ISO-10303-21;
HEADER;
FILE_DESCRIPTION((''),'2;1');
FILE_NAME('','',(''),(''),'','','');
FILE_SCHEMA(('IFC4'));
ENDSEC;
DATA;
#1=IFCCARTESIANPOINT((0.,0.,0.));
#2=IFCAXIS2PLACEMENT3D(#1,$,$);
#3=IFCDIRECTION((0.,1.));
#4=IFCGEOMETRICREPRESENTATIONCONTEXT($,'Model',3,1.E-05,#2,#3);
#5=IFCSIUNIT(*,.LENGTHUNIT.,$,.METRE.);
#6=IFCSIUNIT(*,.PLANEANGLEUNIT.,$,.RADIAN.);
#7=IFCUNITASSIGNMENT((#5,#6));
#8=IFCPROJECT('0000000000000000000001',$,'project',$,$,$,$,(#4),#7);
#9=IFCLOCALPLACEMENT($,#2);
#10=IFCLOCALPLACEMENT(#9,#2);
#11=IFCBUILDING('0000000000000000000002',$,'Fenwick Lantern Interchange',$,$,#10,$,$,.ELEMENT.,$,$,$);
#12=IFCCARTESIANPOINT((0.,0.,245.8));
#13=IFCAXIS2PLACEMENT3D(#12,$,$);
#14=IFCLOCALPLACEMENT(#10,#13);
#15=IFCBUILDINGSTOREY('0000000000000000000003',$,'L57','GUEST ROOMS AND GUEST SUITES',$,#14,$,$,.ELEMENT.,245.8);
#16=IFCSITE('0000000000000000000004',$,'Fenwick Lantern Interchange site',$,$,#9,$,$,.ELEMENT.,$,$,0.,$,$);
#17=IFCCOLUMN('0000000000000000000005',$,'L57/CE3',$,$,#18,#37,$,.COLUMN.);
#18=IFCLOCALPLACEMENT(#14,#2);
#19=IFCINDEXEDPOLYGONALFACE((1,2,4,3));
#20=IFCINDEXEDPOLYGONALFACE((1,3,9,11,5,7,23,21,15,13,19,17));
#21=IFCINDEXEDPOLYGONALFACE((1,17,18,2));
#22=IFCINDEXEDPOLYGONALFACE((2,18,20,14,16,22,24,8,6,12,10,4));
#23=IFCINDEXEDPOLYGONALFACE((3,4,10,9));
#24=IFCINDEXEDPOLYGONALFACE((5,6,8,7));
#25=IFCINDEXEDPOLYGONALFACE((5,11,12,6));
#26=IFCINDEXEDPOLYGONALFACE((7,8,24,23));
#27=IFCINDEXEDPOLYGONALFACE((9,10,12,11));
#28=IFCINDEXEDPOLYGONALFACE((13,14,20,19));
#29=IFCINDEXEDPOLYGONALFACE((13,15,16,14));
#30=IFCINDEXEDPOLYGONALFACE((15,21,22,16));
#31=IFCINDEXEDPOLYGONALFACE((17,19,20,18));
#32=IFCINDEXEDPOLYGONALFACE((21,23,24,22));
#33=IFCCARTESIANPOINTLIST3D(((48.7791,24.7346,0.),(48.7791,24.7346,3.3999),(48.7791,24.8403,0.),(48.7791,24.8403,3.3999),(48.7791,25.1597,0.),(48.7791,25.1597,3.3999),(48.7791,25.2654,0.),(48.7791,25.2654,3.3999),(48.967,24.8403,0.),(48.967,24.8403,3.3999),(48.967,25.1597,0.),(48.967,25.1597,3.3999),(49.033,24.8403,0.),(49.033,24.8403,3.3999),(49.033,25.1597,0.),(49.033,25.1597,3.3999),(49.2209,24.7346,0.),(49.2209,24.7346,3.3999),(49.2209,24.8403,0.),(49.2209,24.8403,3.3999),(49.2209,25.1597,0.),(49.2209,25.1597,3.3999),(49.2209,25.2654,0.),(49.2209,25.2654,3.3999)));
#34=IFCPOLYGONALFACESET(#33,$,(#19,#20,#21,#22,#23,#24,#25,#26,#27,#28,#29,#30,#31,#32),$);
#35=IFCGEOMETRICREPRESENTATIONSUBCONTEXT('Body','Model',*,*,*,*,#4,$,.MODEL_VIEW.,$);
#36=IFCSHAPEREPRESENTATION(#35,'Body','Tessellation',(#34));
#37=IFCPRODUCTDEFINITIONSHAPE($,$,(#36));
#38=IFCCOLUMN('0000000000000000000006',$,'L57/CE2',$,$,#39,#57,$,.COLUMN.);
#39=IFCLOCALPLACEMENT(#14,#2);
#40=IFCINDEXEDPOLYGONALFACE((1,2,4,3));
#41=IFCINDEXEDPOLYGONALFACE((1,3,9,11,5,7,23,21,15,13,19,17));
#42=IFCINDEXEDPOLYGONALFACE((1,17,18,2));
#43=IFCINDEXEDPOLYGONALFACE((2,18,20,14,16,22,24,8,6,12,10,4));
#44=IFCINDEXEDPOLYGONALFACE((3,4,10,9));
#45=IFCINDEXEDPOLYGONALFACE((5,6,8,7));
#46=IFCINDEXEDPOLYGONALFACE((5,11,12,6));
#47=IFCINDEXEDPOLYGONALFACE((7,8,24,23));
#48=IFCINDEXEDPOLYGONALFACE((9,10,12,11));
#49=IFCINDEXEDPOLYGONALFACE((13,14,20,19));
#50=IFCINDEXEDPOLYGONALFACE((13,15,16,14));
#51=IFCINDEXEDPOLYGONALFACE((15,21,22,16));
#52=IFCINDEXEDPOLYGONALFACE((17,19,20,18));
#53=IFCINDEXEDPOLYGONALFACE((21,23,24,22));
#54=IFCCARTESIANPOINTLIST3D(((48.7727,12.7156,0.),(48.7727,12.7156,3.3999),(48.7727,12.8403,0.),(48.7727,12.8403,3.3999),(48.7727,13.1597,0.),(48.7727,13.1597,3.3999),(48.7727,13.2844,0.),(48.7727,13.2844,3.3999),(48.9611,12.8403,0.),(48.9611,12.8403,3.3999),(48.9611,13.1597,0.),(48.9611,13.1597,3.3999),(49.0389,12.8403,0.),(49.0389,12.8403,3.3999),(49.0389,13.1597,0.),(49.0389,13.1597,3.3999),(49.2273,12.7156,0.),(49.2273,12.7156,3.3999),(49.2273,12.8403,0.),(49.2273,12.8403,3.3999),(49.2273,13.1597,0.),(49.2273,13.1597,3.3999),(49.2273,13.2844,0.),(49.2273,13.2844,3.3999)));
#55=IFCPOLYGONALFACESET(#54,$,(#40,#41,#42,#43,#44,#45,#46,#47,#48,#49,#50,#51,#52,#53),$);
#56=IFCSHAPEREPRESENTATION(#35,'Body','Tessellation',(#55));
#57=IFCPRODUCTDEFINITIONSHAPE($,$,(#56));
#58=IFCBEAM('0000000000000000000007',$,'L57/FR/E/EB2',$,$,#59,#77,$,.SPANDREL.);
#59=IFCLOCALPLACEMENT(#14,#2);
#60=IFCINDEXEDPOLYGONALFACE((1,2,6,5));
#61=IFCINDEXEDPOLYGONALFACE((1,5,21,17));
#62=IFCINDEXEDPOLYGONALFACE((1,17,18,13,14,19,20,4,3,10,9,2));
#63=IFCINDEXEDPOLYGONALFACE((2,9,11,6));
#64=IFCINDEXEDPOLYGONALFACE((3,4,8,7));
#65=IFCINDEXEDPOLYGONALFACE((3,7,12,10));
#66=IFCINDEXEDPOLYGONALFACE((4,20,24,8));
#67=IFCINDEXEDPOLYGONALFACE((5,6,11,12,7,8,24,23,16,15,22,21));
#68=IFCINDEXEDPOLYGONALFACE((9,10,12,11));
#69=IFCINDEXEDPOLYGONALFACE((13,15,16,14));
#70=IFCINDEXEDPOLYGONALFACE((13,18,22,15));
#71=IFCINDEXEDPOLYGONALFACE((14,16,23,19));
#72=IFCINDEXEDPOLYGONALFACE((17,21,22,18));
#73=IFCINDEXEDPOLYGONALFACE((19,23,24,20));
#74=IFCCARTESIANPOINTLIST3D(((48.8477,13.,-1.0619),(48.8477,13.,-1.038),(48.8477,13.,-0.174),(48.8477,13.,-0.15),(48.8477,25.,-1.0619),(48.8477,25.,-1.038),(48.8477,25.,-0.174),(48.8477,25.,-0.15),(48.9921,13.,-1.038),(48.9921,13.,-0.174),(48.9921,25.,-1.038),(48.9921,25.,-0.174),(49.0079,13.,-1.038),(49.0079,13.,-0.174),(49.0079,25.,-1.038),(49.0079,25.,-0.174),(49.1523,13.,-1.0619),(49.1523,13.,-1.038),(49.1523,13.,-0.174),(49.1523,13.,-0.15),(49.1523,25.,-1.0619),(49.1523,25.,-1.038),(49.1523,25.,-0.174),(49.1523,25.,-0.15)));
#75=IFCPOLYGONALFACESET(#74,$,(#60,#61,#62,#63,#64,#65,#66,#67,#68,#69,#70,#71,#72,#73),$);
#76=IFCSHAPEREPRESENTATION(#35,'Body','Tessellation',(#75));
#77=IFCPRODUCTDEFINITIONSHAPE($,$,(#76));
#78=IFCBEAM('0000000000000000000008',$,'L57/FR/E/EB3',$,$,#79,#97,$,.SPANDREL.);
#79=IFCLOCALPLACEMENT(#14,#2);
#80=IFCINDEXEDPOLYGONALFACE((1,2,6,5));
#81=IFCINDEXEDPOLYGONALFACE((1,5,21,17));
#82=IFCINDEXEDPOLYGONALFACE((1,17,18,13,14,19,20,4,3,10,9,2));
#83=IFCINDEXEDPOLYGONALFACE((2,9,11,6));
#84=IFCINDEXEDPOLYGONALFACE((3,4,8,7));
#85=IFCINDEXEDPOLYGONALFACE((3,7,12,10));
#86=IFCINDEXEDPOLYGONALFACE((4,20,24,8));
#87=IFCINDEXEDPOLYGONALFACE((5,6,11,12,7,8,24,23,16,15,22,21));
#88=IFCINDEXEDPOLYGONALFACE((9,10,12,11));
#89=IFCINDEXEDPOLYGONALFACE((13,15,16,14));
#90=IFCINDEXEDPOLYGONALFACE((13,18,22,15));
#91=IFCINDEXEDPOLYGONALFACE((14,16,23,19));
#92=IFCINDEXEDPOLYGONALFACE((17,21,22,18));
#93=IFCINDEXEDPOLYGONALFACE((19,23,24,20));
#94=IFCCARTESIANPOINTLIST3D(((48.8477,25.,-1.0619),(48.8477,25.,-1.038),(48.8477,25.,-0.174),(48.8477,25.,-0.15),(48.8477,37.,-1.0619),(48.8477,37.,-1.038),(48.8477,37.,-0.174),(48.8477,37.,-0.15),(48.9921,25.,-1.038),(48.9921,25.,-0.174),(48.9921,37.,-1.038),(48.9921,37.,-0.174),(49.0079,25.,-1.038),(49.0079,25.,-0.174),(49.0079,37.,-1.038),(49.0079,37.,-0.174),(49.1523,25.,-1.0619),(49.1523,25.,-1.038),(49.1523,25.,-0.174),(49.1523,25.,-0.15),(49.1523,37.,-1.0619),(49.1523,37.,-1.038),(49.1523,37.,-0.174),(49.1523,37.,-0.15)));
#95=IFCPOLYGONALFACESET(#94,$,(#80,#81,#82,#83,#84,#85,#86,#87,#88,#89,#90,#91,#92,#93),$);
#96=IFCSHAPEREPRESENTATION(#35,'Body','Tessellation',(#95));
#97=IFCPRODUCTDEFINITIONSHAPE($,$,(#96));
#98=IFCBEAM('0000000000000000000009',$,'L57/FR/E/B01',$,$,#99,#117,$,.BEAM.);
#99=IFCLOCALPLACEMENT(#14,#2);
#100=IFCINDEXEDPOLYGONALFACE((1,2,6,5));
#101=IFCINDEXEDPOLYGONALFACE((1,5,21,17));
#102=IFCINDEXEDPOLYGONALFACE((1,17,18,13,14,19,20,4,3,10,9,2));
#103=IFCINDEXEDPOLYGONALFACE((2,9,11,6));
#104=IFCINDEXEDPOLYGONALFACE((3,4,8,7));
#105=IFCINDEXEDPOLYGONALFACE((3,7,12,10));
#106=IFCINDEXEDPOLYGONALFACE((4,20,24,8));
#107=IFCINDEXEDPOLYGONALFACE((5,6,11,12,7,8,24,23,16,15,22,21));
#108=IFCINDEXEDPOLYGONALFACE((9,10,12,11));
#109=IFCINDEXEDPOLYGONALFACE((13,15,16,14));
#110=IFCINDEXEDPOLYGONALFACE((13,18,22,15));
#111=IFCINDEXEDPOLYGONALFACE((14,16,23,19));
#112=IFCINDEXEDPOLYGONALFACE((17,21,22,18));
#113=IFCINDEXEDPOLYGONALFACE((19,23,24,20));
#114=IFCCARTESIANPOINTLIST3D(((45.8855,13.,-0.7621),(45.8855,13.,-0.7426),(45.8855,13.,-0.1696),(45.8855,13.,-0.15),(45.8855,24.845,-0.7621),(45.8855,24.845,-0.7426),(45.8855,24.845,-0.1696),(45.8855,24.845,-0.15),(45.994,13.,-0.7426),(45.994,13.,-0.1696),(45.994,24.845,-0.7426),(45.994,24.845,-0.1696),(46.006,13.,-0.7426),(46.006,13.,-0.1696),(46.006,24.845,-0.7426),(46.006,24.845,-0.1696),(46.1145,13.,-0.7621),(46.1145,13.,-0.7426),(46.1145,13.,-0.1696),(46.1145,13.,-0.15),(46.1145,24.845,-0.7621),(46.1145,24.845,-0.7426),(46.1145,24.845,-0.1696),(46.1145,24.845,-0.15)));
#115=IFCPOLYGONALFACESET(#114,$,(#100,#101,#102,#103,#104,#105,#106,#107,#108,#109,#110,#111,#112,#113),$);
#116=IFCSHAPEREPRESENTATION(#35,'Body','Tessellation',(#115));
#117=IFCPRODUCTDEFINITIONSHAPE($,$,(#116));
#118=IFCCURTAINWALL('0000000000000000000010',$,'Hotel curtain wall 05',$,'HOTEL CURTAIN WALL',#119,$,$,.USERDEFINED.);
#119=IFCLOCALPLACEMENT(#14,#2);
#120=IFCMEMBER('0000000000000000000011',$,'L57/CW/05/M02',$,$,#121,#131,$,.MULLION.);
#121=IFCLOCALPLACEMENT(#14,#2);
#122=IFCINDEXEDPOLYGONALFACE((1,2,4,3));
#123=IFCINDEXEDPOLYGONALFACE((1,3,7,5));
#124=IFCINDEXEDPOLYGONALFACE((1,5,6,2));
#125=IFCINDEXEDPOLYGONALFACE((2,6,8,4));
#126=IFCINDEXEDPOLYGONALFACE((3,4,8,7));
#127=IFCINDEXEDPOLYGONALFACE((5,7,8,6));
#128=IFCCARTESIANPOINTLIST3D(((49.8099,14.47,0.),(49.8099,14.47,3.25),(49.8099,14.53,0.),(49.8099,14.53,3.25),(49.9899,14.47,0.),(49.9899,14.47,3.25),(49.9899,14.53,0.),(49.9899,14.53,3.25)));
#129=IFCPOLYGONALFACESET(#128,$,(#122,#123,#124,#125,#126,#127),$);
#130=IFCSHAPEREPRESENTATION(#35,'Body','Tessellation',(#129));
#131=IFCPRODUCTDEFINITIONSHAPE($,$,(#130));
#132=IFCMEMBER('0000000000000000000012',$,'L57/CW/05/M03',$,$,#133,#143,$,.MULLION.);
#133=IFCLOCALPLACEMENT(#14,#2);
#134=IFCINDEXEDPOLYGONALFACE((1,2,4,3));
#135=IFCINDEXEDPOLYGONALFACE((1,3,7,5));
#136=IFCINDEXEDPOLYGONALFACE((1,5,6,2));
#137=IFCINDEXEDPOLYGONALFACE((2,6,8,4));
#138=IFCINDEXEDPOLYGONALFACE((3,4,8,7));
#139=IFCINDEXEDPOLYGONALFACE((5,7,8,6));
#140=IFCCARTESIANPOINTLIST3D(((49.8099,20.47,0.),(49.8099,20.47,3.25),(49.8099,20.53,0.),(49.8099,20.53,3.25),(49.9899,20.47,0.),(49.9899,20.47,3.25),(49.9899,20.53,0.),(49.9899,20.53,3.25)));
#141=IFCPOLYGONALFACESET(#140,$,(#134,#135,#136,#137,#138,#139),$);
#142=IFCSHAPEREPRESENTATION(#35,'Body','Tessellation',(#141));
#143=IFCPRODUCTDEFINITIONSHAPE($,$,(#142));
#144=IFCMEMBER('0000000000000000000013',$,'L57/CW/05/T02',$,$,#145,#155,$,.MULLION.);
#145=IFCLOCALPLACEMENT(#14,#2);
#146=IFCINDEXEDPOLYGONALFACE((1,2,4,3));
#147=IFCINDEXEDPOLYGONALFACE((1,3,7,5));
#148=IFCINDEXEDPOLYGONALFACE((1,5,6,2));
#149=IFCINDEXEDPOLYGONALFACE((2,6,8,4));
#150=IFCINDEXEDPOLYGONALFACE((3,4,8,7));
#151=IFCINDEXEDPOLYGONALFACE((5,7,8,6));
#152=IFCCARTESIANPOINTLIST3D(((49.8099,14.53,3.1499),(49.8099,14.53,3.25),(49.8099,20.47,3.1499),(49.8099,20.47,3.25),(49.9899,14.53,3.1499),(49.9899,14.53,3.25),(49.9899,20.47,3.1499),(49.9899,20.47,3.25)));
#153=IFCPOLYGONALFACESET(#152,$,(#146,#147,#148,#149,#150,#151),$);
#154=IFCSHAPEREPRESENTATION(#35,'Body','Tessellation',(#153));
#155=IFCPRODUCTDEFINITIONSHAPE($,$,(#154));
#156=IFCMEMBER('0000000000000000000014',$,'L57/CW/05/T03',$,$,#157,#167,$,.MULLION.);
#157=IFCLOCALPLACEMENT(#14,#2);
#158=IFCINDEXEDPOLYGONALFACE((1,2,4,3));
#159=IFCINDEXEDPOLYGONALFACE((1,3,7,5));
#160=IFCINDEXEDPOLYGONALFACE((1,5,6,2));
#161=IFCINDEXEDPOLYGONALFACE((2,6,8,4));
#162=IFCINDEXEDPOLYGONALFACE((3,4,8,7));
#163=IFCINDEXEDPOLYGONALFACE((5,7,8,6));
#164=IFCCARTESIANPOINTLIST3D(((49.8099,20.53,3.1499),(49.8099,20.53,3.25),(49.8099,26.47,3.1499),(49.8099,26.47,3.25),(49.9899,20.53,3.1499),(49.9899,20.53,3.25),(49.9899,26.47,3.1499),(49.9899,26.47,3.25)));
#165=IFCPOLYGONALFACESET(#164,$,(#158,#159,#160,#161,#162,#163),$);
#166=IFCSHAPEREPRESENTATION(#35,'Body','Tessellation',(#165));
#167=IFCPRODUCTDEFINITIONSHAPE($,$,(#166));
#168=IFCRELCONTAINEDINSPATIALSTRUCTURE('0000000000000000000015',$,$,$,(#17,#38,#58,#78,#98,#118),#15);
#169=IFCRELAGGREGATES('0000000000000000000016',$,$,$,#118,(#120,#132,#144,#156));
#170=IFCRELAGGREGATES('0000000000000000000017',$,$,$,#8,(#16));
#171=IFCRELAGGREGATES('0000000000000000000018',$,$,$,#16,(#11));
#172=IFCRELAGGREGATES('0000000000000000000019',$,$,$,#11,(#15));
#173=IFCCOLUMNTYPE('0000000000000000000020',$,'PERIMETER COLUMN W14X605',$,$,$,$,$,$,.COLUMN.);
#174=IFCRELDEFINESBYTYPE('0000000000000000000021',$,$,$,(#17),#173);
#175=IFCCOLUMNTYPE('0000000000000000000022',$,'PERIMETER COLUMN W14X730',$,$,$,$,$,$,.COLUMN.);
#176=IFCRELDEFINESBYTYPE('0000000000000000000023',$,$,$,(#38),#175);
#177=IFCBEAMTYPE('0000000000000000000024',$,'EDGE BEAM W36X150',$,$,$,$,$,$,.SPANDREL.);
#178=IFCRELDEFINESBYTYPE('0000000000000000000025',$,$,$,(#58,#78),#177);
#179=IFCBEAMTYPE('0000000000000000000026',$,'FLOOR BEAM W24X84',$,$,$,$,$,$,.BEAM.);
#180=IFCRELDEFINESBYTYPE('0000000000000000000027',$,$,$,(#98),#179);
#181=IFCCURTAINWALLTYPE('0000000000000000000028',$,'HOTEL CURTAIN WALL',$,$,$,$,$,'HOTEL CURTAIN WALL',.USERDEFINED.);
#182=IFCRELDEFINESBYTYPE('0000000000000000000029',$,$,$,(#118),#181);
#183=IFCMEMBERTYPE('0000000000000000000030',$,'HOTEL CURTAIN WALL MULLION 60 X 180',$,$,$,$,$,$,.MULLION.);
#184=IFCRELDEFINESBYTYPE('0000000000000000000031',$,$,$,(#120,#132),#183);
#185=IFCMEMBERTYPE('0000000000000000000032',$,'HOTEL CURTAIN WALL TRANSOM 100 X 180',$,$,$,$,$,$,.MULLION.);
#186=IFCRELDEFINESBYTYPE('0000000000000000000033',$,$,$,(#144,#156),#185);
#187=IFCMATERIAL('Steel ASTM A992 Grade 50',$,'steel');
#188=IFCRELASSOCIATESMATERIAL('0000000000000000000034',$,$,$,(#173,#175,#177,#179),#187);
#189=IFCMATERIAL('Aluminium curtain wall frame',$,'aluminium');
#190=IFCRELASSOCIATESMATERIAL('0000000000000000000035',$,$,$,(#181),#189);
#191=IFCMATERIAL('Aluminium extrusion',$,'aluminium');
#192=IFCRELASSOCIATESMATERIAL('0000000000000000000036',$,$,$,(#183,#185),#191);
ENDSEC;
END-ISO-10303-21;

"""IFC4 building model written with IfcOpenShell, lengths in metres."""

from ifc_helpers import new_model, si_unit, direction, frame, origin, origin_2d, place, context, subcontext, project, spatial, rectangle, i_section, extrude, material, material_profile, profile_set, type_object, element, aggregate, save


model = new_model("IFC4")

# Units and contexts
model_context = context("Model", 3, precision=1e-05, world=origin(), true_north=direction((0.0, 1.0)))
body_context = subcontext(model_context, "Body", "Model", "MODEL_VIEW")
ifc_project = project(units=[si_unit("LENGTHUNIT", "METRE"), si_unit("PLANEANGLEUNIT", "RADIAN")], contexts=[model_context])

# Site, building, storey
site_placement = place(None, origin())
site = spatial("IfcSite", under=ifc_project, at=site_placement, Name="Fenwick Lantern Interchange site", CompositionType="ELEMENT", RefElevation=0.0)
building_placement = place(site_placement, origin())
building = spatial("IfcBuilding", under=site, at=building_placement, Name="Fenwick Lantern Interchange", CompositionType="ELEMENT")
storey_placement = place(building_placement, frame((0.0, 0.0, 245.8)))
storey = spatial("IfcBuildingStorey", under=building, at=storey_placement, Name="L57", Description="GUEST ROOMS AND GUEST SUITES", CompositionType="ELEMENT", Elevation=245.8)

# Columns
ifc_material_1 = material(Name="Steel ASTM A992 Grade 50", Category="steel")
ifc_material_profile_1 = material_profile(ifc_material_1, i_section(OverallWidth=0.4419, OverallDepth=0.5308, WebThickness=0.0659, FlangeThickness=0.1057, at=origin_2d()), Name="W14X605")
ifc_profile_set_1 = profile_set([ifc_material_profile_1], Name="Steel ASTM A992 Grade 50")
column_type_1 = type_object("IfcColumnType", Name="PERIMETER COLUMN W14X605", PredefinedType="COLUMN", material=ifc_profile_set_1)
column_1_placement = place(storey_placement, frame((49.0, 25.0, 0.0), z_axis=(0.0, 0.0, 1.0), x_axis=(1.0, 0.0, 0.0)))
element("IfcColumn", 1, at=column_1_placement, inside=storey, type_object=column_type_1, Name="L57/CE3", PredefinedType="COLUMN", context=body_context, shape_type="SweptSolid", body=[
    extrude(i_section(OverallWidth=0.4419, OverallDepth=0.5308, WebThickness=0.0659, FlangeThickness=0.1057, at=origin_2d()), origin(), (0.0, 0.0, 1.0), 3.3999),
])
ifc_material_profile_2 = material_profile(ifc_material_1, i_section(OverallWidth=0.4546, OverallDepth=0.5688, WebThickness=0.0779, FlangeThickness=0.1248, at=origin_2d()), Name="W14X730")
ifc_profile_set_2 = profile_set([ifc_material_profile_2], Name="Steel ASTM A992 Grade 50")
column_type_2 = type_object("IfcColumnType", Name="PERIMETER COLUMN W14X730", PredefinedType="COLUMN", material=ifc_profile_set_2)
column_2_placement = place(storey_placement, frame((49.0, 13.0, 0.0), z_axis=(0.0, 0.0, 1.0), x_axis=(1.0, 0.0, 0.0)))
element("IfcColumn", 2, at=column_2_placement, inside=storey, type_object=column_type_2, Name="L57/CE2", PredefinedType="COLUMN", context=body_context, shape_type="SweptSolid", body=[
    extrude(i_section(OverallWidth=0.4546, OverallDepth=0.5688, WebThickness=0.0779, FlangeThickness=0.1248, at=origin_2d()), origin(), (0.0, 0.0, 1.0), 3.3999),
])

# Beams
ifc_material_profile_3 = material_profile(ifc_material_1, i_section(OverallWidth=0.3047, OverallDepth=0.9119, WebThickness=0.0159, FlangeThickness=0.0239, at=origin_2d()), Name="W36X150")
ifc_profile_set_3 = profile_set([ifc_material_profile_3], Name="Steel ASTM A992 Grade 50")
beam_type_1 = type_object("IfcBeamType", Name="EDGE BEAM W36X150", PredefinedType="SPANDREL", material=ifc_profile_set_3)
for number, where, z_axis, x_axis, name in (
    (3, (49.0, 13.0, -0.606), (0.0, 1.0, 0.0), (-1.0, 0.0, 0.0), "L57/FR/E/EB2"),
    (4, (49.0, 25.0, -0.606), (0.0, 1.0, 0.0), (-1.0, 0.0, 0.0), "L57/FR/E/EB3"),
):
    element("IfcBeam", number, at=place(storey_placement, frame(where, z_axis=z_axis, x_axis=x_axis)), inside=storey, type_object=beam_type_1, Name=name, PredefinedType="SPANDREL", context=body_context, shape_type="SweptSolid", body=[
        extrude(i_section(OverallWidth=0.3047, OverallDepth=0.9119, WebThickness=0.0159, FlangeThickness=0.0239, at=origin_2d()), origin(), (0.0, 0.0, 1.0), 12.0),
    ])
ifc_material_profile_4 = material_profile(ifc_material_1, i_section(OverallWidth=0.229, OverallDepth=0.6121, WebThickness=0.012, FlangeThickness=0.0195, at=origin_2d()), Name="W24X84")
ifc_profile_set_4 = profile_set([ifc_material_profile_4], Name="Steel ASTM A992 Grade 50")
beam_type_2 = type_object("IfcBeamType", Name="FLOOR BEAM W24X84", PredefinedType="BEAM", material=ifc_profile_set_4)
beam_1_placement = place(storey_placement, frame((46.0, 13.0, -0.4561), z_axis=(0.0, 1.0, 0.0), x_axis=(-1.0, 0.0, 0.0)))
element("IfcBeam", 5, at=beam_1_placement, inside=storey, type_object=beam_type_2, Name="L57/FR/E/B01", PredefinedType="BEAM", context=body_context, shape_type="SweptSolid", body=[
    extrude(i_section(OverallWidth=0.229, OverallDepth=0.6121, WebThickness=0.012, FlangeThickness=0.0195, at=origin_2d()), origin(), (0.0, 0.0, 1.0), 11.845),
])

# Curtain wall, members
ifc_material_2 = material(Name="Aluminium curtain wall frame", Category="aluminium")
curtain_wall_type = type_object("IfcCurtainWallType", Name="HOTEL CURTAIN WALL", ElementType="HOTEL CURTAIN WALL", PredefinedType="USERDEFINED", material=ifc_material_2)
curtain_wall_placement = place(storey_placement, origin())
curtain_wall = element("IfcCurtainWall", 6, at=curtain_wall_placement, inside=storey, type_object=curtain_wall_type, Name="Hotel curtain wall 05", ObjectType="HOTEL CURTAIN WALL", PredefinedType="USERDEFINED")
ifc_material_3 = material(Name="Aluminium extrusion", Category="aluminium")
ifc_material_profile_5 = material_profile(ifc_material_3, rectangle(XDim=0.1799, YDim=0.0601, at=origin_2d()), Name="HOTEL CURTAIN WALL MULLION 60 X 180")
ifc_profile_set_5 = profile_set([ifc_material_profile_5], Name="Aluminium extrusion")
member_type_1 = type_object("IfcMemberType", Name="HOTEL CURTAIN WALL MULLION 60 X 180", PredefinedType="MULLION", material=ifc_profile_set_5)
member_1_placement = place(storey_placement, frame((49.8999, 14.5, 0.0), z_axis=(0.0, 0.0, 1.0), x_axis=(-1.0, 0.0, 0.0)))
member_1 = element("IfcMember", 7, at=member_1_placement, type_object=member_type_1, Name="L57/CW/05/M02", PredefinedType="MULLION", context=body_context, shape_type="SweptSolid", body=[
    extrude(rectangle(XDim=0.1799, YDim=0.0601, at=origin_2d()), origin(), (0.0, 0.0, 1.0), 3.25),
])
member_2_placement = place(storey_placement, frame((49.8999, 20.5, 0.0), z_axis=(0.0, 0.0, 1.0), x_axis=(-1.0, 0.0, 0.0)))
member_2 = element("IfcMember", 8, at=member_2_placement, type_object=member_type_1, Name="L57/CW/05/M03", PredefinedType="MULLION", context=body_context, shape_type="SweptSolid", body=[
    extrude(rectangle(XDim=0.1799, YDim=0.0601, at=origin_2d()), origin(), (0.0, 0.0, 1.0), 3.25),
])
ifc_material_profile_6 = material_profile(ifc_material_3, rectangle(XDim=0.1799, YDim=0.1001, at=origin_2d()), Name="HOTEL CURTAIN WALL TRANSOM 100 X 180")
ifc_profile_set_6 = profile_set([ifc_material_profile_6], Name="Aluminium extrusion")
member_type_2 = type_object("IfcMemberType", Name="HOTEL CURTAIN WALL TRANSOM 100 X 180", PredefinedType="MULLION", material=ifc_profile_set_6)
member_3_placement = place(storey_placement, frame((49.8999, 14.53, 3.2), z_axis=(0.0, 1.0, 0.0), x_axis=(-1.0, 0.0, 0.0)))
member_3 = element("IfcMember", 9, at=member_3_placement, type_object=member_type_2, Name="L57/CW/05/T02", PredefinedType="MULLION", context=body_context, shape_type="SweptSolid", body=[
    extrude(rectangle(XDim=0.1799, YDim=0.1001, at=origin_2d()), origin(), (0.0, 0.0, 1.0), 5.9399),
])
member_4_placement = place(storey_placement, frame((49.8999, 20.53, 3.2), z_axis=(0.0, 1.0, 0.0), x_axis=(-1.0, 0.0, 0.0)))
member_4 = element("IfcMember", 10, at=member_4_placement, type_object=member_type_2, Name="L57/CW/05/T03", PredefinedType="MULLION", context=body_context, shape_type="SweptSolid", body=[
    extrude(rectangle(XDim=0.1799, YDim=0.1001, at=origin_2d()), origin(), (0.0, 0.0, 1.0), 5.9399),
])
aggregate(curtain_wall, [member_1, member_2, member_3, member_4])

save(model, "model.ifc")
